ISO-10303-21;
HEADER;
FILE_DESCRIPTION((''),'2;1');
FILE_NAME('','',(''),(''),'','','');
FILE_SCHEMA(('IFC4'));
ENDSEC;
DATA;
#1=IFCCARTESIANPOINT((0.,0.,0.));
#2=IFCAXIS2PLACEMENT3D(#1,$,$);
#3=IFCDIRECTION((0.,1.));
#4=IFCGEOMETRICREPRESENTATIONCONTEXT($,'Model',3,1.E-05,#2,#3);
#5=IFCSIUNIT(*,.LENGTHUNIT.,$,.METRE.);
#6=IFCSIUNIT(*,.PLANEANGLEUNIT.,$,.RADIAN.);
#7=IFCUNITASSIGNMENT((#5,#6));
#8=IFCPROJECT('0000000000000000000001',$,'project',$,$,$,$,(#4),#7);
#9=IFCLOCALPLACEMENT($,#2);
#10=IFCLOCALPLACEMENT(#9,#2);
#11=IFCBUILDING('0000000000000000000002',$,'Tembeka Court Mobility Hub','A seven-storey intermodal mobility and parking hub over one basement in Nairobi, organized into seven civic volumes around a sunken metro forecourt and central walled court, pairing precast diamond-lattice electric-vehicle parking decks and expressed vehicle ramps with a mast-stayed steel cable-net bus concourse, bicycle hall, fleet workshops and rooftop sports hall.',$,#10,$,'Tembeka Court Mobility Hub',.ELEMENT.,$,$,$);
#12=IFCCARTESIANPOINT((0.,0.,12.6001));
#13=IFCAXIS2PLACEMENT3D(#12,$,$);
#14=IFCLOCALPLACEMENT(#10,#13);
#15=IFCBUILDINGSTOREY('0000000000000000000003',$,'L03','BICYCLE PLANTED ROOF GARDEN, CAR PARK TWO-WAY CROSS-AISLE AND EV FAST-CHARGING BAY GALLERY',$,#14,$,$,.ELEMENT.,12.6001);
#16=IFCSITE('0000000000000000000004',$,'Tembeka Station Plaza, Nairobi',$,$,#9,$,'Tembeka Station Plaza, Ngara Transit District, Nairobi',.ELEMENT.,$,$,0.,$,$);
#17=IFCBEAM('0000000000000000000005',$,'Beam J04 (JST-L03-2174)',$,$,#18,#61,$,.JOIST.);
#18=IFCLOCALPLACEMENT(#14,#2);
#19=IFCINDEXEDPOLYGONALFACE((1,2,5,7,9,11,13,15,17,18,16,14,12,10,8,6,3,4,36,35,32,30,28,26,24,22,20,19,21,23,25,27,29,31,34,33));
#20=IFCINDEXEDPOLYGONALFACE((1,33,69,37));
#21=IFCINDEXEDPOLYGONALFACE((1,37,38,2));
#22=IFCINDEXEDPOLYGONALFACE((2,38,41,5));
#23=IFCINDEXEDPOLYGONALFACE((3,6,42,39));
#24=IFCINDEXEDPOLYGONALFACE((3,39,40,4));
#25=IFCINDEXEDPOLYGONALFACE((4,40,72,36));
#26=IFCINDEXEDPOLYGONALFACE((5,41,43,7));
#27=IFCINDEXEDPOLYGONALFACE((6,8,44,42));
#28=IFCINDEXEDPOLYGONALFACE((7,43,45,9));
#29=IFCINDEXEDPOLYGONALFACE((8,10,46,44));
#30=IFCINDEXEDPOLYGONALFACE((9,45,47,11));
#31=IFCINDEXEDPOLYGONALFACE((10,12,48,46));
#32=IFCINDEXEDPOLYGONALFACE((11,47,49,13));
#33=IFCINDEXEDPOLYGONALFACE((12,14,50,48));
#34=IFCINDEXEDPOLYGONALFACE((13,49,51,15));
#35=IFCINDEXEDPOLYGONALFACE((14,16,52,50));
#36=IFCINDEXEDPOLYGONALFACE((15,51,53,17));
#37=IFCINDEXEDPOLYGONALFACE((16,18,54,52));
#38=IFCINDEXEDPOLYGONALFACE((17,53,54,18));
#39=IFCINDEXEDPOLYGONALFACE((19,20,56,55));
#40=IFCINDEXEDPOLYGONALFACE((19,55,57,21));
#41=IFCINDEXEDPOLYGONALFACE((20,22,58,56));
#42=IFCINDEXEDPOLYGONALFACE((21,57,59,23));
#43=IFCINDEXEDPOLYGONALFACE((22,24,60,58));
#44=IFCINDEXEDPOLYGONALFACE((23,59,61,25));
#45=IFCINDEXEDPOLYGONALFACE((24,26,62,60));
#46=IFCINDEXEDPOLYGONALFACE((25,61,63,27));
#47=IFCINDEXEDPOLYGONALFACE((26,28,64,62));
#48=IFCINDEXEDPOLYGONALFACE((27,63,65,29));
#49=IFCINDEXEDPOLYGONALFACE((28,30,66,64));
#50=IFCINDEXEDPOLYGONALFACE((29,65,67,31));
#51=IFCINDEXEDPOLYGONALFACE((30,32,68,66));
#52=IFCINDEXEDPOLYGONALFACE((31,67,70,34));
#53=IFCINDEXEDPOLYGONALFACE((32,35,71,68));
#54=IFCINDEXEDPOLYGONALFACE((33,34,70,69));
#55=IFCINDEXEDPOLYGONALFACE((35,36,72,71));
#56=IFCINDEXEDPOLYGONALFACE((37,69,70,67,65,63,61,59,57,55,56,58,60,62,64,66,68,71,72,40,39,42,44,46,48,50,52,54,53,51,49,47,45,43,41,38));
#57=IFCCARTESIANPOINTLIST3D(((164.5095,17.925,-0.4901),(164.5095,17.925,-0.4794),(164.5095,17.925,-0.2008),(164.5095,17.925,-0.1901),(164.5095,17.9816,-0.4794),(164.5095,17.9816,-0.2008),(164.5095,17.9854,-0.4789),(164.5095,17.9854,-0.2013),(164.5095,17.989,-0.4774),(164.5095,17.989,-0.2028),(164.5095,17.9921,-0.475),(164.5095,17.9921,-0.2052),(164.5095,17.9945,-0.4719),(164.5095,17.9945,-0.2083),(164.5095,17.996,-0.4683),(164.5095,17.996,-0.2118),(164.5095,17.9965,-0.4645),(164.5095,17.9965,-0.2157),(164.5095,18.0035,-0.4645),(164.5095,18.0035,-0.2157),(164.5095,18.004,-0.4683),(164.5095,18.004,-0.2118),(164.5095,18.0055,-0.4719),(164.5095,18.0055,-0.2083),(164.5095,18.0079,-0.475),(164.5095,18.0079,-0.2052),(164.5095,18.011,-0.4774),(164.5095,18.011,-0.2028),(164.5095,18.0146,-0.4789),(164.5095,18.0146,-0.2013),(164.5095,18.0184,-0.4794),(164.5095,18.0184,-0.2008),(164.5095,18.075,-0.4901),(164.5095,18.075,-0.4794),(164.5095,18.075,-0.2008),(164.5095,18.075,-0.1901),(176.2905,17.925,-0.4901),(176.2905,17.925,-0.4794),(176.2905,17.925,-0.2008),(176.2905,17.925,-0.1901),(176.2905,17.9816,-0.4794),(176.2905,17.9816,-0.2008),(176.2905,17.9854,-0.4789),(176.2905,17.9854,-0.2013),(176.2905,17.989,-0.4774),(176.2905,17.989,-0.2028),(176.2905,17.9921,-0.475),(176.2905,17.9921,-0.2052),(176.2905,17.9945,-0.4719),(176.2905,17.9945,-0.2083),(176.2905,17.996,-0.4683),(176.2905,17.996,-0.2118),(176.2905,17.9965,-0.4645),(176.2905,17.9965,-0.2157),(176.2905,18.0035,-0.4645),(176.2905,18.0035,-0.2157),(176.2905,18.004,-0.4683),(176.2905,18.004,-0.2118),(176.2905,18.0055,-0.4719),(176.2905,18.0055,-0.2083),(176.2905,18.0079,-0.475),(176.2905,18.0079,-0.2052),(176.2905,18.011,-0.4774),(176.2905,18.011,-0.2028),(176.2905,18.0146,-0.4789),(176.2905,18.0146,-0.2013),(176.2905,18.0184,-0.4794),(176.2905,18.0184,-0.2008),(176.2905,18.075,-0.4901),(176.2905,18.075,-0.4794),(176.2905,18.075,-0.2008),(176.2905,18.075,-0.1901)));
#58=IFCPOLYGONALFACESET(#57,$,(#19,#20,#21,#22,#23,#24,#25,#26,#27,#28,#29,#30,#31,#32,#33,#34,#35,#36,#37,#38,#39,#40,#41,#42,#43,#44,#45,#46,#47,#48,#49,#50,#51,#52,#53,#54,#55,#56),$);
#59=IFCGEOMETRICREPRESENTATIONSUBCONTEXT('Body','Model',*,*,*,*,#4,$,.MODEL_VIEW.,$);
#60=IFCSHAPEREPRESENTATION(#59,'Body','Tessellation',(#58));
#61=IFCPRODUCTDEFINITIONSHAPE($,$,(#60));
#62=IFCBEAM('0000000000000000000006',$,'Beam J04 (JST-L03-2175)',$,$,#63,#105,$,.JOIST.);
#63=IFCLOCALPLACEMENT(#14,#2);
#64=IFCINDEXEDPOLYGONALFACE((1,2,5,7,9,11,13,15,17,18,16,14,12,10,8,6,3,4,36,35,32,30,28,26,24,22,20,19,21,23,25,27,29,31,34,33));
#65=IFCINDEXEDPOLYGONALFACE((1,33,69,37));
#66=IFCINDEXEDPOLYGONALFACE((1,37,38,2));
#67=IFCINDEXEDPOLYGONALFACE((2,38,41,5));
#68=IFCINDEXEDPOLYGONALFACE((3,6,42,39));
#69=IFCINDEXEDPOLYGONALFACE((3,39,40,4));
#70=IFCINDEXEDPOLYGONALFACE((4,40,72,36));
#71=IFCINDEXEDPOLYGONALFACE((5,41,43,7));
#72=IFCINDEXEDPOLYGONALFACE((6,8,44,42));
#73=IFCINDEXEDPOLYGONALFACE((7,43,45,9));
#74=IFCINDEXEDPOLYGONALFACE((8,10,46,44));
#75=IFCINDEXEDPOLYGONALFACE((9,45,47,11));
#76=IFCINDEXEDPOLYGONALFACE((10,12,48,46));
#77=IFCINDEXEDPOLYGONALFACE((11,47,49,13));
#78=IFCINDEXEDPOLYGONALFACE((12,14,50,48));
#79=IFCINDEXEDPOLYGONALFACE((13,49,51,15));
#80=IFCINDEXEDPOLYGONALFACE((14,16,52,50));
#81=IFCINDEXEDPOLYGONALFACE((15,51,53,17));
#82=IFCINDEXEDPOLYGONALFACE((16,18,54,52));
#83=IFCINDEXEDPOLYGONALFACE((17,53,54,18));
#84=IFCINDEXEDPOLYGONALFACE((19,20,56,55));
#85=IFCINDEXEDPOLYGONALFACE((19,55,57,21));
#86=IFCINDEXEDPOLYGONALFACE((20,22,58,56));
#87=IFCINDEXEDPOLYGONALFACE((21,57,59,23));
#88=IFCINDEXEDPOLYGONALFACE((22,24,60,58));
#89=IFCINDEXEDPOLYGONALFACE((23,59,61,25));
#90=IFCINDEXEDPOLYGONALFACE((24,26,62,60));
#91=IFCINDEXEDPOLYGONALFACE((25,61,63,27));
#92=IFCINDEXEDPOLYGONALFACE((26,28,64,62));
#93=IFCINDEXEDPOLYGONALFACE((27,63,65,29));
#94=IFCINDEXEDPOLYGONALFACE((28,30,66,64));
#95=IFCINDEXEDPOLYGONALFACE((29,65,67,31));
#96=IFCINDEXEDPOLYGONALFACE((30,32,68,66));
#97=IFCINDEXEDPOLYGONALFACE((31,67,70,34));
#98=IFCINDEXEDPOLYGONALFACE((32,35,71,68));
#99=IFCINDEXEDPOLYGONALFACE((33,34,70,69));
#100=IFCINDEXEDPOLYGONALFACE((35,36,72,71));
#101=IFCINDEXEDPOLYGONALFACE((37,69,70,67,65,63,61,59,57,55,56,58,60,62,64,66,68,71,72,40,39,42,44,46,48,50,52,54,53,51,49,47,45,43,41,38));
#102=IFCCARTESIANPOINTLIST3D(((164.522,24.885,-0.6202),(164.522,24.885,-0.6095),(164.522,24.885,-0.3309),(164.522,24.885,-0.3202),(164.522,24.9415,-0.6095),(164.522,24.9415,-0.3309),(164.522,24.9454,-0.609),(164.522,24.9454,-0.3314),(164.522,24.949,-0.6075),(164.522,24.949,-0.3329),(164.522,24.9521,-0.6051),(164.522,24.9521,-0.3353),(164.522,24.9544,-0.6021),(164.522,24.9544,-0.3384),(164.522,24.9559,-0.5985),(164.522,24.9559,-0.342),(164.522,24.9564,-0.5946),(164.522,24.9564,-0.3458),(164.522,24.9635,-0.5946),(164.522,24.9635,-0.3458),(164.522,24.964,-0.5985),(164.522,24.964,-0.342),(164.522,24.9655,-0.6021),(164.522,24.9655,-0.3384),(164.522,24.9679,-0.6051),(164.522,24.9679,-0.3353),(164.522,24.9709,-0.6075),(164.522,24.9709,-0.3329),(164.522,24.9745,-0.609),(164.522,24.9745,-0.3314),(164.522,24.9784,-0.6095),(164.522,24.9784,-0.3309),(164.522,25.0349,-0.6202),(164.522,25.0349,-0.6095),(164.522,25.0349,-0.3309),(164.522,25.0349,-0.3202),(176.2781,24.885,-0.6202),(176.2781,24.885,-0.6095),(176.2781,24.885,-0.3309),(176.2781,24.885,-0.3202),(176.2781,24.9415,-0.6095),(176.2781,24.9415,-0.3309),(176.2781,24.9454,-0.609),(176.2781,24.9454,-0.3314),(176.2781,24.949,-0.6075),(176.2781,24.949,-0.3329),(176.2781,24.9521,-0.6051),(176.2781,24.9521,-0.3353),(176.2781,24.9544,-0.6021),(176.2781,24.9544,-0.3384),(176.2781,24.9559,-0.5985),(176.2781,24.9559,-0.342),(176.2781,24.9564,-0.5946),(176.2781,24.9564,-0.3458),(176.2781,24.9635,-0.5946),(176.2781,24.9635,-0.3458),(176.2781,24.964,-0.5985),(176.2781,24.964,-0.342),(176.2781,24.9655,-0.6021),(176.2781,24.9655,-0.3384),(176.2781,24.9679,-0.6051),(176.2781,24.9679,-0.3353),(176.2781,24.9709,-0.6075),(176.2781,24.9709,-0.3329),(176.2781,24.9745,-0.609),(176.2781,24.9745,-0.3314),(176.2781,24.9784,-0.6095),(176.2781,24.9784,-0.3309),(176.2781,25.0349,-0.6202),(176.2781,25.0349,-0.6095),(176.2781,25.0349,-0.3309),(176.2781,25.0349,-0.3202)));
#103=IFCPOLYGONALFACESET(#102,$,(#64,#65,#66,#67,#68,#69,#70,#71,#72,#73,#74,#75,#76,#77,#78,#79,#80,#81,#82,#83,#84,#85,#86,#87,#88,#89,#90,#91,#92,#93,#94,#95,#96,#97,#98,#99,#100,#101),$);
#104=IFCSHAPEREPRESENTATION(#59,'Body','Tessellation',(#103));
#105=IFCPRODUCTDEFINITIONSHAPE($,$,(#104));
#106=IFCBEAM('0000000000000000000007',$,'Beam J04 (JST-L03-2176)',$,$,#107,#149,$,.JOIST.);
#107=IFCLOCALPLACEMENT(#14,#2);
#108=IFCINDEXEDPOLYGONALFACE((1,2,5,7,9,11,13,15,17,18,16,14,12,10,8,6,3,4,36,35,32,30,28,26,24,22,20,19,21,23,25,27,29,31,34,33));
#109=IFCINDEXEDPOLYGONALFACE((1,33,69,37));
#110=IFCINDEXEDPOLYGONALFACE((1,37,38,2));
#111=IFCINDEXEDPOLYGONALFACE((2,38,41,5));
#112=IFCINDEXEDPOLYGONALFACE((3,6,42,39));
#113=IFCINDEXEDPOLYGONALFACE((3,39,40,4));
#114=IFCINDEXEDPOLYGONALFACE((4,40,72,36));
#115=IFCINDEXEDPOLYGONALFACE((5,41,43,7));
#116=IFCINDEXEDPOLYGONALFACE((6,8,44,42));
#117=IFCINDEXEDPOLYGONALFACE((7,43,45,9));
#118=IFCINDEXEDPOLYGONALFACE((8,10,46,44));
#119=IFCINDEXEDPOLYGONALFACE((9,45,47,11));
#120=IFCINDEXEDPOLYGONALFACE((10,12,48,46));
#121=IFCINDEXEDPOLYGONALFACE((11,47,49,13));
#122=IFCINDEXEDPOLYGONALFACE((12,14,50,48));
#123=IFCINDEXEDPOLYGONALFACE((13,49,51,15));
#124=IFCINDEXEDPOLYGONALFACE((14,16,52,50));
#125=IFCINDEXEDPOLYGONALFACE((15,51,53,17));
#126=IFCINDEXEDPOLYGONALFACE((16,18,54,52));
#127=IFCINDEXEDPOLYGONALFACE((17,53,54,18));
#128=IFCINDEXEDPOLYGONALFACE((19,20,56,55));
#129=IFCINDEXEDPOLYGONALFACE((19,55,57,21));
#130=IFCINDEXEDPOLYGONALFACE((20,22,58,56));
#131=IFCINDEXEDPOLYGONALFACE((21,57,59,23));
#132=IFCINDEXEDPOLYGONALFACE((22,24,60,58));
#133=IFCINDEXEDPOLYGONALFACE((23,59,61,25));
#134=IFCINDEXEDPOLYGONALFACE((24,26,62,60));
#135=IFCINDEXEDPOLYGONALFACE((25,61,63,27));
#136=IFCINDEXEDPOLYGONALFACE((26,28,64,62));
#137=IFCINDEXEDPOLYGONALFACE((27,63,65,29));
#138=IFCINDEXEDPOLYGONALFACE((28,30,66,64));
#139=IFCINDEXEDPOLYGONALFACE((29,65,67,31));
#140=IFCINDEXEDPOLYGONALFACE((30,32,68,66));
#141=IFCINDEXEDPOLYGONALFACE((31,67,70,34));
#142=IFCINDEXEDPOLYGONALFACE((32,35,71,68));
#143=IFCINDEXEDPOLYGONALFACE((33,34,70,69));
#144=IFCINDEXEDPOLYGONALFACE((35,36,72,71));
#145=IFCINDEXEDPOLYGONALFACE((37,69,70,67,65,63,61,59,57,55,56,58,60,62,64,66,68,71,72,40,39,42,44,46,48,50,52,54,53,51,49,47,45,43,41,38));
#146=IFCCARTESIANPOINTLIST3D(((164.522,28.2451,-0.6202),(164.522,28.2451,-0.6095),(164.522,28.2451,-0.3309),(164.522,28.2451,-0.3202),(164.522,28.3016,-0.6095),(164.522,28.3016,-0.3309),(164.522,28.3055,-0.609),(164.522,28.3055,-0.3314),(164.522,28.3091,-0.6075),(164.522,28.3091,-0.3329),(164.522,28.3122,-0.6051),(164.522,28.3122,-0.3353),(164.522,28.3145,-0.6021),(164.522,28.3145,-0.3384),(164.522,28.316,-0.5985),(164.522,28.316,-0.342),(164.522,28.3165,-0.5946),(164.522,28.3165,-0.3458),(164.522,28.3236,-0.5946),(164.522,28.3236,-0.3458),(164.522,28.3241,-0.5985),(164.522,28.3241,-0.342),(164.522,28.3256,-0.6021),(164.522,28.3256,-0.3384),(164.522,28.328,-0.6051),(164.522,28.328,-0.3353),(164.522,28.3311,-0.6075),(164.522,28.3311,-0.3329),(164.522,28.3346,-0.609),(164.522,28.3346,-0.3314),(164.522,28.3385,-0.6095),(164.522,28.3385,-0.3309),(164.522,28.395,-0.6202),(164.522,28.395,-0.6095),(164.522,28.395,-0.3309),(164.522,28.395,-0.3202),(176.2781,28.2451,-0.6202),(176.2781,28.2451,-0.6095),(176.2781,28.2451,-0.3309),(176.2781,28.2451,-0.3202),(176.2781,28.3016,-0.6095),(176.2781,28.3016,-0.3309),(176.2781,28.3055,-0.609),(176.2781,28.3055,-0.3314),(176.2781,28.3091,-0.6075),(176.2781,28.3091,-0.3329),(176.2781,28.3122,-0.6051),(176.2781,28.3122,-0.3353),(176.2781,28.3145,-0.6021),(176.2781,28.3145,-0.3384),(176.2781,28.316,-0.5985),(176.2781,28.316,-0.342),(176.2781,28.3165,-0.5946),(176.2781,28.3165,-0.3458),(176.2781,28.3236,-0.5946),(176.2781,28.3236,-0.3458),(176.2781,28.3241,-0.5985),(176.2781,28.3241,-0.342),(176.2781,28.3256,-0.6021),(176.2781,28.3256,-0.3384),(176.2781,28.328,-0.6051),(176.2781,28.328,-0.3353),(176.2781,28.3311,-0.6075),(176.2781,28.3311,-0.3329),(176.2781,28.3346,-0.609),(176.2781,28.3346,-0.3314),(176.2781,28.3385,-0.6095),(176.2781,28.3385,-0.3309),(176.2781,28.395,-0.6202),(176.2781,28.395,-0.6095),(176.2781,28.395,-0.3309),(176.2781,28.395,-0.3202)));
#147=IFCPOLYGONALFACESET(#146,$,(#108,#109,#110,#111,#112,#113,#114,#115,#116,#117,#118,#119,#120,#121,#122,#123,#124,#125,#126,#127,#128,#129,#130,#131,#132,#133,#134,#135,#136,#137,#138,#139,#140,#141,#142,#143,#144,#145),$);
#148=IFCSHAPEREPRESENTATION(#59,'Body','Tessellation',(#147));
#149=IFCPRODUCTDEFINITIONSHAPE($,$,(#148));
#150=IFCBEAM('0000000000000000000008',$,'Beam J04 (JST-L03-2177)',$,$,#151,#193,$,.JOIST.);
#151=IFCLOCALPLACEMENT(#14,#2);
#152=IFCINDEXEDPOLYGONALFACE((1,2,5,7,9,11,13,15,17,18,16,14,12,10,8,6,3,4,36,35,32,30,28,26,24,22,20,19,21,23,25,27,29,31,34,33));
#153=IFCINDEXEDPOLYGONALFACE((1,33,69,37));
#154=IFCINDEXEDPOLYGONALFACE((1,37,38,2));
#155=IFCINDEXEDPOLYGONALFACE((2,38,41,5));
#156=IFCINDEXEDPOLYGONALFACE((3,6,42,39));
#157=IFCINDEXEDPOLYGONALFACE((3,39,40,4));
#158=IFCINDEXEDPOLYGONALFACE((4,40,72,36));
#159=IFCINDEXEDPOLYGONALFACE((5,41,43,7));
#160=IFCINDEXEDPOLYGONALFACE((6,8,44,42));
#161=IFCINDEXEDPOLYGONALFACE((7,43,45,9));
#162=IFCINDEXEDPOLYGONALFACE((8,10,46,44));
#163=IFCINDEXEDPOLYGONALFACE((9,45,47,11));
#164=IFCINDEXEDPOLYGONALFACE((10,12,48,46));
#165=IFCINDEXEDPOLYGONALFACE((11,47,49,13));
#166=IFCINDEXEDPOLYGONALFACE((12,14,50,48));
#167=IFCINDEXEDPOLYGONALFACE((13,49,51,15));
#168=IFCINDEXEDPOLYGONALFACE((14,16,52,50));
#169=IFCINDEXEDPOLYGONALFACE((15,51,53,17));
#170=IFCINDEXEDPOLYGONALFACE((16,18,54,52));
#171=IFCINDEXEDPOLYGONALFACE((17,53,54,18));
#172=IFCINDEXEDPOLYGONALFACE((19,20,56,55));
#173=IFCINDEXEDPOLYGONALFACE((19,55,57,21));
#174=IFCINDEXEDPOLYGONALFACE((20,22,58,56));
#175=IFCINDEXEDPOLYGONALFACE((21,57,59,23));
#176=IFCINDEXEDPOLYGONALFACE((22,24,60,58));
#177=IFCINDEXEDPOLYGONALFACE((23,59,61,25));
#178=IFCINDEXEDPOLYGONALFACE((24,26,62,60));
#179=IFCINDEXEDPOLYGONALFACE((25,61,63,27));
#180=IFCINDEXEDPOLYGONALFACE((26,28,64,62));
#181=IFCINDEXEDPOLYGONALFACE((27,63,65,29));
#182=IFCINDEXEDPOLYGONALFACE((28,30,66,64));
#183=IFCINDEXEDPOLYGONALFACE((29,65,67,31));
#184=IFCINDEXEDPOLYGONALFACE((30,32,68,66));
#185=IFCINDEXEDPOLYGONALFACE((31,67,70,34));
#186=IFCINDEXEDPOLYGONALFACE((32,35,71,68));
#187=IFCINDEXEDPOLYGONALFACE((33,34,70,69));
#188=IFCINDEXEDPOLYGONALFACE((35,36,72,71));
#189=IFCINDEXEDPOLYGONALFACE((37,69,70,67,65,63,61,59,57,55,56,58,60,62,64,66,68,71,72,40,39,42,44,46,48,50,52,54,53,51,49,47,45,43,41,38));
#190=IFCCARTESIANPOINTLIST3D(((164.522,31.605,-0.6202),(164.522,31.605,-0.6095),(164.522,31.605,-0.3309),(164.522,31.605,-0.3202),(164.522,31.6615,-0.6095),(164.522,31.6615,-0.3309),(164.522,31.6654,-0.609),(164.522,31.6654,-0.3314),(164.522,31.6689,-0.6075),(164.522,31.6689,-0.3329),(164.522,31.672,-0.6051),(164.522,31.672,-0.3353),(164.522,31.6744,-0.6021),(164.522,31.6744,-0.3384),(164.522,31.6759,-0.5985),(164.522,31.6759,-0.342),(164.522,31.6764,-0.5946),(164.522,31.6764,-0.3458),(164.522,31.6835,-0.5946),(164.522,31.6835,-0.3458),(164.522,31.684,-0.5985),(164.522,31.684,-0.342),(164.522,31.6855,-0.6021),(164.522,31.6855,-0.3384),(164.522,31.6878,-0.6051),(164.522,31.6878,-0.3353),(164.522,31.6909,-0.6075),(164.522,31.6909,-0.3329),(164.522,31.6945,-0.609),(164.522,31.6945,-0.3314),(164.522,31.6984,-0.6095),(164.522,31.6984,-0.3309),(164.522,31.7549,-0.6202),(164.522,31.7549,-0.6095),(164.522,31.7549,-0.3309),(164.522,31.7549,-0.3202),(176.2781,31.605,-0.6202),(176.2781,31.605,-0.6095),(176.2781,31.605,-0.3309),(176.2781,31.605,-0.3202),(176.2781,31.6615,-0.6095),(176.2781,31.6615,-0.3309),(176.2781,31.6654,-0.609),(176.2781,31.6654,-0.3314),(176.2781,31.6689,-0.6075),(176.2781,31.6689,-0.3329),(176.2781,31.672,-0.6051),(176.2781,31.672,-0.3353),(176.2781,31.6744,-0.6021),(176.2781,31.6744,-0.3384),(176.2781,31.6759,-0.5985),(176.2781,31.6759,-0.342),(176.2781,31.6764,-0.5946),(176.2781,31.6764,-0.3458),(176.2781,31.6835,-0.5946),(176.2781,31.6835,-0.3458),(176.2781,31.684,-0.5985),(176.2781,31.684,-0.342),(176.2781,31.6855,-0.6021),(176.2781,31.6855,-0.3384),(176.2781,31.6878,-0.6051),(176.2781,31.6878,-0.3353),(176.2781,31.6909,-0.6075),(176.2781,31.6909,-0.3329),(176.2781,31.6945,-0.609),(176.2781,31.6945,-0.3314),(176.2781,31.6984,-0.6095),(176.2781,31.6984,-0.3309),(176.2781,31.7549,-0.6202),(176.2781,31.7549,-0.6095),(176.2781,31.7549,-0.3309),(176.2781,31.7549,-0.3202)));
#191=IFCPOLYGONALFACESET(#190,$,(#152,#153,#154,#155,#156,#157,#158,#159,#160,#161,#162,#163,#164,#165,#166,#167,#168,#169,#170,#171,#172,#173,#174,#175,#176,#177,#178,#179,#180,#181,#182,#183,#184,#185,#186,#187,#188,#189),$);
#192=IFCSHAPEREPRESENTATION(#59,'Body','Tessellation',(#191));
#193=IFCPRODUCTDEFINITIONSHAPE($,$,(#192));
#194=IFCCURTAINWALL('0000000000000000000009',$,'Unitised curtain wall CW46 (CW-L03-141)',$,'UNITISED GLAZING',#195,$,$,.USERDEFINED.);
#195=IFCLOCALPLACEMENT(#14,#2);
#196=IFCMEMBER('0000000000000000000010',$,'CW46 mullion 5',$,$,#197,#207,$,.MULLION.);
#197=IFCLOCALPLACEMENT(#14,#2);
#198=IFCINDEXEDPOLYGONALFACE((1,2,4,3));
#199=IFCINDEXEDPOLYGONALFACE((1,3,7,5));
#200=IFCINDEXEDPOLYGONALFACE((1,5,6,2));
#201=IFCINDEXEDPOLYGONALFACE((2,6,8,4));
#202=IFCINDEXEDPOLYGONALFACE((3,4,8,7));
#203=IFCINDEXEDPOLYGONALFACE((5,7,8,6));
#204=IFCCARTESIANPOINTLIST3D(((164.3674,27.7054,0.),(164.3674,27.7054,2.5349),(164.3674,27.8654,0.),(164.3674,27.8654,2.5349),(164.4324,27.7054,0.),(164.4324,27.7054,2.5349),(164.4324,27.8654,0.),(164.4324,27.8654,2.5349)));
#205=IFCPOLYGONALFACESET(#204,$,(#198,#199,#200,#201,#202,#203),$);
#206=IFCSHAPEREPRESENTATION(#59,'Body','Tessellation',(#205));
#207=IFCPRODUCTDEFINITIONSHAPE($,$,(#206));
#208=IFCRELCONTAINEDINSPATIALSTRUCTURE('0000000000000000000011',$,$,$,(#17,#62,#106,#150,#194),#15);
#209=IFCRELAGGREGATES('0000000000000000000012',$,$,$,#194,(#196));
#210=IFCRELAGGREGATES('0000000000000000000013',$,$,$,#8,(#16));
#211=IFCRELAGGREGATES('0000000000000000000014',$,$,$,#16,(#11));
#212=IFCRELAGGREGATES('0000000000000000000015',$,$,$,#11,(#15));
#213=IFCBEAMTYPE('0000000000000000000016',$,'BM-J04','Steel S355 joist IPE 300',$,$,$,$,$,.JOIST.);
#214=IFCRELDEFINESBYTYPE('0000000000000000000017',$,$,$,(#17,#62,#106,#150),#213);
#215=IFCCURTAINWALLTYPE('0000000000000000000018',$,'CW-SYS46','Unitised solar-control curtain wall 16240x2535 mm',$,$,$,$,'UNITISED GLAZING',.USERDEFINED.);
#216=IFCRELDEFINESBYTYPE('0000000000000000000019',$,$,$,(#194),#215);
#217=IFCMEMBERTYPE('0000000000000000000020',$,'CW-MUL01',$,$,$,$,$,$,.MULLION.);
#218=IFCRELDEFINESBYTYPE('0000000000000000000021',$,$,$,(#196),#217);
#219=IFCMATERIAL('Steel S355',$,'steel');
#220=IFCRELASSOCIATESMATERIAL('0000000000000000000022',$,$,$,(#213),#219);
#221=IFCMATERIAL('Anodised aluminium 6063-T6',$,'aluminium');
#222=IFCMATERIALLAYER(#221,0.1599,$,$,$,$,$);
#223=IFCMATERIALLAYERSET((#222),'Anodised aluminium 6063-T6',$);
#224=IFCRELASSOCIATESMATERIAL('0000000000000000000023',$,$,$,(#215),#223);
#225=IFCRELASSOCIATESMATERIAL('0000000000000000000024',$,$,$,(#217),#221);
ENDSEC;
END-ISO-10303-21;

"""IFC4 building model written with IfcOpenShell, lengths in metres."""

from ifc_helpers import new_model, si_unit, direction, frame, origin, origin_2d, place, context, subcontext, project, spatial, rectangle, i_section, extrude, material, layer, layer_set, material_profile, profile_set, type_object, element, aggregate, save


model = new_model("IFC4")

# Units and contexts
model_context = context("Model", 3, precision=1e-05, world=origin(), true_north=direction((0.0, 1.0)))
body_context = subcontext(model_context, "Body", "Model", "MODEL_VIEW")
ifc_project = project(units=[si_unit("LENGTHUNIT", "METRE"), si_unit("PLANEANGLEUNIT", "RADIAN")], contexts=[model_context])

# Site, building, storey
site_placement = place(None, origin())
site = spatial("IfcSite", under=ifc_project, at=site_placement, Name="Tembeka Station Plaza, Nairobi", LongName="Tembeka Station Plaza, Ngara Transit District, Nairobi", CompositionType="ELEMENT", RefElevation=0.0)
building_placement = place(site_placement, origin())
building = spatial("IfcBuilding", under=site, at=building_placement, Name="Tembeka Court Mobility Hub", Description="A seven-storey intermodal mobility and parking hub over one basement in Nairobi, organized into seven civic volumes around a sunken metro forecourt and central walled court, pairing precast diamond-lattice electric-vehicle parking decks and expressed vehicle ramps with a mast-stayed steel cable-net bus concourse, bicycle hall, fleet workshops and rooftop sports hall.", LongName="Tembeka Court Mobility Hub", CompositionType="ELEMENT")
storey_placement = place(building_placement, frame((0.0, 0.0, 12.6001)))
storey = spatial("IfcBuildingStorey", under=building, at=storey_placement, Name="L03", Description="BICYCLE PLANTED ROOF GARDEN, CAR PARK TWO-WAY CROSS-AISLE AND EV FAST-CHARGING BAY GALLERY", CompositionType="ELEMENT", Elevation=12.6001)

# Beams
ifc_material_1 = material(Name="Steel S355", Category="steel")
ifc_material_profile_1 = material_profile(ifc_material_1, i_section(OverallWidth=0.1499, OverallDepth=0.3, WebThickness=0.0071, FlangeThickness=0.0107, FilletRadius=0.0149, at=origin_2d()), Name="IPE 300")
ifc_profile_set_1 = profile_set([ifc_material_profile_1], Name="Steel S355")
beam_type = type_object("IfcBeamType", Name="BM-J04", Description="Steel S355 joist IPE 300", PredefinedType="JOIST", material=ifc_profile_set_1)
beam_placement = place(storey_placement, frame((164.5095, 18.0, -0.3401), z_axis=(1.0, 0.0, 0.0), x_axis=(0.0, 1.0, 0.0)))
element("IfcBeam", 1, at=beam_placement, inside=storey, type_object=beam_type, Name="Beam J04 (JST-L03-2174)", PredefinedType="JOIST", context=body_context, shape_type="SweptSolid", body=[
    extrude(i_section(OverallWidth=0.1499, OverallDepth=0.3, WebThickness=0.0071, FlangeThickness=0.0107, FilletRadius=0.0149, at=origin_2d()), origin(), (0.0, 0.0, 1.0), 11.781),
])
for number, where, z_axis, x_axis, name in (
    (2, (164.522, 24.96, -0.4702), (1.0, 0.0, 0.0), (0.0, 1.0, 0.0), "Beam J04 (JST-L03-2175)"),
    (3, (164.522, 28.3201, -0.4702), (1.0, 0.0, 0.0), (0.0, 1.0, 0.0), "Beam J04 (JST-L03-2176)"),
    (4, (164.522, 31.6799, -0.4702), (1.0, 0.0, 0.0), (0.0, 1.0, 0.0), "Beam J04 (JST-L03-2177)"),
):
    element("IfcBeam", number, at=place(storey_placement, frame(where, z_axis=z_axis, x_axis=x_axis)), inside=storey, type_object=beam_type, Name=name, PredefinedType="JOIST", context=body_context, shape_type="SweptSolid", body=[
        extrude(i_section(OverallWidth=0.1499, OverallDepth=0.3, WebThickness=0.0071, FlangeThickness=0.0107, FilletRadius=0.0149, at=origin_2d()), origin(), (0.0, 0.0, 1.0), 11.7561),
    ])

# Curtain wall, member
ifc_material_2 = material(Name="Anodised aluminium 6063-T6", Category="aluminium")
ifc_layer_1 = layer(ifc_material_2, 0.1599)
ifc_layer_set_1 = layer_set([ifc_layer_1], Name="Anodised aluminium 6063-T6")
curtain_wall_type = type_object("IfcCurtainWallType", Name="CW-SYS46", Description="Unitised solar-control curtain wall 16240x2535 mm", ElementType="UNITISED GLAZING", PredefinedType="USERDEFINED", material=ifc_layer_set_1)
curtain_wall_placement = place(storey_placement, origin())
curtain_wall = element("IfcCurtainWall", 5, at=curtain_wall_placement, inside=storey, type_object=curtain_wall_type, Name="Unitised curtain wall CW46 (CW-L03-141)", ObjectType="UNITISED GLAZING", PredefinedType="USERDEFINED")
ifc_material_profile_2 = material_profile(ifc_material_2, rectangle(XDim=0.0649, YDim=0.1599, at=origin_2d()), Name="ALU-MUL 65x160")
ifc_profile_set_2 = profile_set([ifc_material_profile_2], Name="Anodised aluminium 6063-T6")
member_type_1 = type_object("IfcMemberType", Name="CW-MUL01", PredefinedType="MULLION", material=ifc_profile_set_2)
member_1_placement = place(storey_placement, frame((164.3999, 27.7854, 0.0), z_axis=(0.0, 0.0, 1.0), x_axis=(-1.0, 0.0, 0.0)))
member_1 = element("IfcMember", 6, at=member_1_placement, type_object=member_type_1, Name="CW46 mullion 5", PredefinedType="MULLION", context=body_context, shape_type="SweptSolid", body=[
    extrude(rectangle(XDim=0.0649, YDim=0.1599, at=origin_2d()), origin(), (0.0, 0.0, 1.0), 2.5349),
])
aggregate(curtain_wall, [member_1])

save(model, "model.ifc")
